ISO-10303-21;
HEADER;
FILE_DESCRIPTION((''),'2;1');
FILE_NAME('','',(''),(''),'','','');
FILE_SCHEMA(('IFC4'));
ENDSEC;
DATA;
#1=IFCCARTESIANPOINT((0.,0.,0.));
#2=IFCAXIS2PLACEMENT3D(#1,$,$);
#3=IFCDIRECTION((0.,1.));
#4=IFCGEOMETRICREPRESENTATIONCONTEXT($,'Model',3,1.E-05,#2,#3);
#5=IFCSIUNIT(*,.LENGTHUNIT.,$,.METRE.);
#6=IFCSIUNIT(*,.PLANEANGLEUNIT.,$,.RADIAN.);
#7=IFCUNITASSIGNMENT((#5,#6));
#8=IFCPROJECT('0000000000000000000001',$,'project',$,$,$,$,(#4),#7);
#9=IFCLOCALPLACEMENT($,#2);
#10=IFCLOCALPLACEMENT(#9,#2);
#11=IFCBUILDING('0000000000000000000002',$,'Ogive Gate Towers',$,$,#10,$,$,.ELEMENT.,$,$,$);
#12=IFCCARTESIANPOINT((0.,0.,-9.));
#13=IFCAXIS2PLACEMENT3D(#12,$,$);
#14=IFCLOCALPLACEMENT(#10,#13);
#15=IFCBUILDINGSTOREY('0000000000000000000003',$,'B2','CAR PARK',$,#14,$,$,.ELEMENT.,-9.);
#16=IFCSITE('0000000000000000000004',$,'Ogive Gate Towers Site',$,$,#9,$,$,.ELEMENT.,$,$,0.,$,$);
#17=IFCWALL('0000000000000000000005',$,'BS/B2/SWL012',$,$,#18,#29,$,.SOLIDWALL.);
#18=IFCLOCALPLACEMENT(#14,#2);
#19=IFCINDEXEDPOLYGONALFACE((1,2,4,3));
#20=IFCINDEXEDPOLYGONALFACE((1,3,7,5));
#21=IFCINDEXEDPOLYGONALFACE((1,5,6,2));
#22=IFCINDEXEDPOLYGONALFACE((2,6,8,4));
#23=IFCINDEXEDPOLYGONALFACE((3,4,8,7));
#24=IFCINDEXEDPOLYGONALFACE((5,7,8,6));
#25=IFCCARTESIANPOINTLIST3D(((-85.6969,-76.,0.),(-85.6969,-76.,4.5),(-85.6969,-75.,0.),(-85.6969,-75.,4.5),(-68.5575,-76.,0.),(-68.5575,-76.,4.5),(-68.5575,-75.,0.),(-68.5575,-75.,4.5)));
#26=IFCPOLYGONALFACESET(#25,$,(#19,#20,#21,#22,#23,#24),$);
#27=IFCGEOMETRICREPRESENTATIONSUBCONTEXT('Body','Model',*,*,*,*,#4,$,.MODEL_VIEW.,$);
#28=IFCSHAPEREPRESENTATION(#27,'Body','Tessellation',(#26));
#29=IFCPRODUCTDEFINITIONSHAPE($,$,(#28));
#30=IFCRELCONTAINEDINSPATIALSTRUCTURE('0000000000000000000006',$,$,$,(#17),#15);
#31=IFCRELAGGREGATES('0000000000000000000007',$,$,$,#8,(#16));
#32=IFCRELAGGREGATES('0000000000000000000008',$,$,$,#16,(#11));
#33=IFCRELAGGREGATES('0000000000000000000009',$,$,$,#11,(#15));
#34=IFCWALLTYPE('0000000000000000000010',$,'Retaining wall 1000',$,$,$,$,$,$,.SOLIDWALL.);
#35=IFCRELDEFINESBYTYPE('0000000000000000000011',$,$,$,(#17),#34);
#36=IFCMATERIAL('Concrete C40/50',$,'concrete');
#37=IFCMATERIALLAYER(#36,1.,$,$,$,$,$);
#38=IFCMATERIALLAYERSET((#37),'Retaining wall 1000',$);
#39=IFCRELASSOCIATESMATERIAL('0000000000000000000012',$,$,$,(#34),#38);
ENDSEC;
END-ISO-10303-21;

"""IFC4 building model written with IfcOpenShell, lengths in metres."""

from ifc_helpers import new_model, si_unit, direction, frame, frame_2d, origin, place, context, subcontext, project, spatial, rectangle, extrude, material, layer, layer_set, type_object, element, save


model = new_model("IFC4")

# Units and contexts
model_context = context("Model", 3, precision=1e-05, world=origin(), true_north=direction((0.0, 1.0)))
body_context = subcontext(model_context, "Body", "Model", "MODEL_VIEW")
ifc_project = project(units=[si_unit("LENGTHUNIT", "METRE"), si_unit("PLANEANGLEUNIT", "RADIAN")], contexts=[model_context])

# Site, building, storey
site_placement = place(None, origin())
site = spatial("IfcSite", under=ifc_project, at=site_placement, Name="Ogive Gate Towers Site", CompositionType="ELEMENT", RefElevation=0.0)
building_placement = place(site_placement, origin())
building = spatial("IfcBuilding", under=site, at=building_placement, Name="Ogive Gate Towers", CompositionType="ELEMENT")
storey_placement = place(building_placement, frame((0.0, 0.0, -9.0)))
storey = spatial("IfcBuildingStorey", under=building, at=storey_placement, Name="B2", Description="CAR PARK", CompositionType="ELEMENT", Elevation=-9.0)

# Shared definitions
ifc_material_1 = material(Name="Concrete C40/50", Category="concrete")

# Wall
ifc_layer = layer(ifc_material_1, 1.0)
ifc_layer_set = layer_set([ifc_layer], Name="Retaining wall 1000")
wall_type = type_object("IfcWallType", Name="Retaining wall 1000", PredefinedType="SOLIDWALL", material=ifc_layer_set)
wall_placement = place(storey_placement, frame((-68.5574, -75.5, 0.0), z_axis=(0.0, 0.0, 1.0), x_axis=(-1.0, 0.0, 0.0)))
element("IfcWall", 1, at=wall_placement, inside=storey, type_object=wall_type, Name="BS/B2/SWL012", PredefinedType="SOLIDWALL", context=body_context, shape_type="SweptSolid", body=[
    extrude(rectangle(XDim=17.1394, YDim=1.0, at=frame_2d((8.5698, 0.0))), origin(), (0.0, 0.0, 1.0), 4.5),
])

save(model, "model.ifc")
